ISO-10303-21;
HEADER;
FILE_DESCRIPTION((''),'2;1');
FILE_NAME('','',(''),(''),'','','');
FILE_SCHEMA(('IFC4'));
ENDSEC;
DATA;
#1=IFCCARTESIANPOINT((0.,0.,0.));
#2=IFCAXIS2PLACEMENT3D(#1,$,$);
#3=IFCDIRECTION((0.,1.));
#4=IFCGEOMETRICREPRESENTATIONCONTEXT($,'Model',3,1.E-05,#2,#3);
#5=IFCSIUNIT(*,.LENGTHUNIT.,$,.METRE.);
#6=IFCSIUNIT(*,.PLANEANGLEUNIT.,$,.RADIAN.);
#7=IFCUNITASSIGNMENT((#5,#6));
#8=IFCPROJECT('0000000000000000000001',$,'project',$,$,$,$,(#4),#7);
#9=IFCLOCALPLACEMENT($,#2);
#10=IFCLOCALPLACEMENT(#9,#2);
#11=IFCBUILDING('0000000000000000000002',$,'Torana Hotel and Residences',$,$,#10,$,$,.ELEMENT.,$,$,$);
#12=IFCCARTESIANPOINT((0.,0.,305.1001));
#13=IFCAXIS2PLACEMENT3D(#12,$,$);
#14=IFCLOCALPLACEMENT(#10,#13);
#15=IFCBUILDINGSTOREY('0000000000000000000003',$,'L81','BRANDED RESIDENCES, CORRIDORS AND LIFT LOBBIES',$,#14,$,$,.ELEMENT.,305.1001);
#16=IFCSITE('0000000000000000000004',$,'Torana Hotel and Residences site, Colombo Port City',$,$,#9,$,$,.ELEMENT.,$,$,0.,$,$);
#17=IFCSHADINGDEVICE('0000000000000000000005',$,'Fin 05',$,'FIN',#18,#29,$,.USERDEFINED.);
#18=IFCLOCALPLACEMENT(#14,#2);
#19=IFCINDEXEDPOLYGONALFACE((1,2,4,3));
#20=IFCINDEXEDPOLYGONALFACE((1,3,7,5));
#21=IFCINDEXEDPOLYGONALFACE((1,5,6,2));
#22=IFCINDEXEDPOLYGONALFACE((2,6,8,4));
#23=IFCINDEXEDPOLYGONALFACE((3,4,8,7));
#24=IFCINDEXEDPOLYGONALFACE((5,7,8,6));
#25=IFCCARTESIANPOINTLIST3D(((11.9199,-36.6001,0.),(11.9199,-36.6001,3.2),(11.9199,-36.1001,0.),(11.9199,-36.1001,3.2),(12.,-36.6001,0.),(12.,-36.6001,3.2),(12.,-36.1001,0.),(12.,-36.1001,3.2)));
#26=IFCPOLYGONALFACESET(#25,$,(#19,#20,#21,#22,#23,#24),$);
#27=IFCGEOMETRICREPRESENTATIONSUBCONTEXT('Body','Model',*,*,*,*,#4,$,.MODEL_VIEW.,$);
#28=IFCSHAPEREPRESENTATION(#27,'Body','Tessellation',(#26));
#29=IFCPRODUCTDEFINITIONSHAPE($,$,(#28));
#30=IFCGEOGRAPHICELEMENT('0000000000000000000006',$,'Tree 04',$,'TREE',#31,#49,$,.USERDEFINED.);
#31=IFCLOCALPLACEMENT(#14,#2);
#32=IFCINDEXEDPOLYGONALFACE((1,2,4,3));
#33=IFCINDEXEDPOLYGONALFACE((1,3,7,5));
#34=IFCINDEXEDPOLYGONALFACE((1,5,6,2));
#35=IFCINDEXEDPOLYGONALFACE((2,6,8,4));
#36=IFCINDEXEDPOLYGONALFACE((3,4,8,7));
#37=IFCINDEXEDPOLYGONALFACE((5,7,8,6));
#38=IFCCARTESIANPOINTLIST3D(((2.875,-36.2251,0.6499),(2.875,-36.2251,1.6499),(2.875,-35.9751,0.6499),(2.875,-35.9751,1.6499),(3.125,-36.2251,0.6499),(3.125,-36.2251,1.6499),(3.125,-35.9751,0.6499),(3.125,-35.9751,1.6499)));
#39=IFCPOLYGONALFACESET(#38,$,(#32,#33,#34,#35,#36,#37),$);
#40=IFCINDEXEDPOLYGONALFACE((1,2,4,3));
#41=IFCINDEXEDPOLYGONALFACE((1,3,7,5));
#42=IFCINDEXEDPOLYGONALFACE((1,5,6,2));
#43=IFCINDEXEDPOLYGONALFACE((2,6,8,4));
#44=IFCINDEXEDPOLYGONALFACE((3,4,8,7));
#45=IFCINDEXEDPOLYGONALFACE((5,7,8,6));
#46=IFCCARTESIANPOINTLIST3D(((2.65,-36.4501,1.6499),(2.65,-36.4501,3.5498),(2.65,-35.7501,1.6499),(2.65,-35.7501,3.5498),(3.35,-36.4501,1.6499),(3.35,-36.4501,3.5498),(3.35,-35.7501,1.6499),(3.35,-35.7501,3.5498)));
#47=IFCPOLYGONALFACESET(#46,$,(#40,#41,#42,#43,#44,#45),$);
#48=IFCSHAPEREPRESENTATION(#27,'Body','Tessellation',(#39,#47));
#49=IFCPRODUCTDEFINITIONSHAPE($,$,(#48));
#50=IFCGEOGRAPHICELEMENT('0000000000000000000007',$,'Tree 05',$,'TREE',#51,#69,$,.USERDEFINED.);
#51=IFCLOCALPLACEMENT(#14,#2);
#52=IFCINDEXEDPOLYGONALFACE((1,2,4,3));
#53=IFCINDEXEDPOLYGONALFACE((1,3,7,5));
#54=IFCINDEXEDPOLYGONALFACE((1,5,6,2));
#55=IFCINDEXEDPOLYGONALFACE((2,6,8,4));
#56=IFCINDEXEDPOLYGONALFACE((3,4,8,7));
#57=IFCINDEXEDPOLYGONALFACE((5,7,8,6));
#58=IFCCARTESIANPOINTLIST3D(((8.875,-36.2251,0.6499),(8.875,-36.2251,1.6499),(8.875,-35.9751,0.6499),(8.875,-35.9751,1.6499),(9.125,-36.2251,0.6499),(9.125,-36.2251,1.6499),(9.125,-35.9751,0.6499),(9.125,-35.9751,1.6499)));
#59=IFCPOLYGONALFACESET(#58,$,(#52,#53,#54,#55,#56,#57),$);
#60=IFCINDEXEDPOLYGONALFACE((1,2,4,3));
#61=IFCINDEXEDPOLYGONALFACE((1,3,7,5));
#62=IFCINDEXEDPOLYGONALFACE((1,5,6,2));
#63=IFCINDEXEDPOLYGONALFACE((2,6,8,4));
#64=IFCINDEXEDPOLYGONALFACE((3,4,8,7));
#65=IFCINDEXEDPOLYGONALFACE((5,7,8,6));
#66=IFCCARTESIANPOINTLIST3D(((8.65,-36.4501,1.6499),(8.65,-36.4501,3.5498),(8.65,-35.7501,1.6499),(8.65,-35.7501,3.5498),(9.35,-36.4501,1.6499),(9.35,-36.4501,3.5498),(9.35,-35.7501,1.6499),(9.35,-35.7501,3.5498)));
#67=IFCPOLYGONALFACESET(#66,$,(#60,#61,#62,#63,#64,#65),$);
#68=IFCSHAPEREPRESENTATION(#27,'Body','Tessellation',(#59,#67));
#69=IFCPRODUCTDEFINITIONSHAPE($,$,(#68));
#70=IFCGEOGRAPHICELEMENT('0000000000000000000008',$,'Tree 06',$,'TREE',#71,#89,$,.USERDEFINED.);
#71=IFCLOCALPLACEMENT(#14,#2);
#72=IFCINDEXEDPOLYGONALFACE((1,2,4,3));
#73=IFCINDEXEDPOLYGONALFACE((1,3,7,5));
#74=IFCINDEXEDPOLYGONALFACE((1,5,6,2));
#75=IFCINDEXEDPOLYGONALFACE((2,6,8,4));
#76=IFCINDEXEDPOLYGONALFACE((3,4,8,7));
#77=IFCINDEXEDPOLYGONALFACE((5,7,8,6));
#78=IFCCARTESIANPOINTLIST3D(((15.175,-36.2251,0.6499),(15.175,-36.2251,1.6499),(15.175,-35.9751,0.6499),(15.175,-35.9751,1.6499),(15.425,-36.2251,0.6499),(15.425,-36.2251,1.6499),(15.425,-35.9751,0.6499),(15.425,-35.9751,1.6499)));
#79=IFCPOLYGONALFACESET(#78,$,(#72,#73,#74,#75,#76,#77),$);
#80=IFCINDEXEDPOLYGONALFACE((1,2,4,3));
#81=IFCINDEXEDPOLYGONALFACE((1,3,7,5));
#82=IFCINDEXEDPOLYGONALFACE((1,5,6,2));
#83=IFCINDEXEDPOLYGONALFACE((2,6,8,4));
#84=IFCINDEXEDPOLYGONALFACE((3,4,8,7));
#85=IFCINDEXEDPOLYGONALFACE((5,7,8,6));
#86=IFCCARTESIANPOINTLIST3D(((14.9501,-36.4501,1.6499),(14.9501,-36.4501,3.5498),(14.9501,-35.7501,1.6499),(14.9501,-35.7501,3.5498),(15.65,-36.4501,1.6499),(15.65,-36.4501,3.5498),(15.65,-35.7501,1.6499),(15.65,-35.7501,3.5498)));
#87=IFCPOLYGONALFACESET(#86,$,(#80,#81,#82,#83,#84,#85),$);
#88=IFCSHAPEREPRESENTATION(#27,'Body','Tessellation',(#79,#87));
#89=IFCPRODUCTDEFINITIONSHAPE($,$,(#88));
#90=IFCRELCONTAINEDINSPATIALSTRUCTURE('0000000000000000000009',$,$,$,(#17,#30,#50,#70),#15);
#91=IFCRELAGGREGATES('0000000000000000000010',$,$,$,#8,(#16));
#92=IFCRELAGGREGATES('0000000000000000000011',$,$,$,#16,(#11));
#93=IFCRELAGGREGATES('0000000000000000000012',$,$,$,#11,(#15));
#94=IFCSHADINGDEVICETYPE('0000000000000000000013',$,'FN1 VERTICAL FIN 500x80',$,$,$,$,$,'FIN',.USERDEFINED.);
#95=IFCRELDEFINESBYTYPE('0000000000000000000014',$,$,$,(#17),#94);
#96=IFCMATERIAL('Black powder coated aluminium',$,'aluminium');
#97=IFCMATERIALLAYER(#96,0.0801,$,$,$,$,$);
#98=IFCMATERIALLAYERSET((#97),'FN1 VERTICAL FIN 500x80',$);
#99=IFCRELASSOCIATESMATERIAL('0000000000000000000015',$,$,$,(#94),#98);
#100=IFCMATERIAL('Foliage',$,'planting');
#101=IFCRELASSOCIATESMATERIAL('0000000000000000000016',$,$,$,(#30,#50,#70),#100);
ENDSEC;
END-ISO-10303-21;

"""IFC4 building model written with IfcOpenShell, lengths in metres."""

from ifc_helpers import new_model, si_unit, direction, frame, origin, origin_2d, place, context, subcontext, project, spatial, rectangle, extrude, material, layer, layer_set, type_object, element, save


model = new_model("IFC4")

# Units and contexts
model_context = context("Model", 3, precision=1e-05, world=origin(), true_north=direction((0.0, 1.0)))
body_context = subcontext(model_context, "Body", "Model", "MODEL_VIEW")
ifc_project = project(units=[si_unit("LENGTHUNIT", "METRE"), si_unit("PLANEANGLEUNIT", "RADIAN")], contexts=[model_context])

# Site, building, storey
site_placement = place(None, origin())
site = spatial("IfcSite", under=ifc_project, at=site_placement, Name="Torana Hotel and Residences site, Colombo Port City", CompositionType="ELEMENT", RefElevation=0.0)
building_placement = place(site_placement, origin())
building = spatial("IfcBuilding", under=site, at=building_placement, Name="Torana Hotel and Residences", CompositionType="ELEMENT")
storey_placement = place(building_placement, frame((0.0, 0.0, 305.1001)))
storey = spatial("IfcBuildingStorey", under=building, at=storey_placement, Name="L81", Description="BRANDED RESIDENCES, CORRIDORS AND LIFT LOBBIES", CompositionType="ELEMENT", Elevation=305.1001)

# Shading device
ifc_material_1 = material(Name="Black powder coated aluminium", Category="aluminium")
ifc_layer_1 = layer(ifc_material_1, 0.0801)
ifc_layer_set_1 = layer_set([ifc_layer_1], Name="FN1 VERTICAL FIN 500x80")
shading_device_type = type_object("IfcShadingDeviceType", Name="FN1 VERTICAL FIN 500x80", ElementType="FIN", PredefinedType="USERDEFINED", material=ifc_layer_set_1)
shading_device_placement = place(storey_placement, frame((11.96, -36.3501, 0.0), z_axis=(0.0, 0.0, 1.0), x_axis=(-1.0, 0.0, 0.0)))
element("IfcShadingDevice", 1, at=shading_device_placement, inside=storey, type_object=shading_device_type, Name="Fin 05", ObjectType="FIN", PredefinedType="USERDEFINED", context=body_context, shape_type="SweptSolid", body=[
    extrude(rectangle(XDim=0.0801, YDim=0.5, at=origin_2d()), origin(), (0.0, 0.0, 1.0), 3.2),
])

# Geographic elements
ifc_material_2 = material(Name="Foliage", Category="planting")
for number, where, z_axis, x_axis, name in (
    (2, (3.0, -36.1001, 0.6499), (0.0, 0.0, 1.0), (1.0, 0.0, 0.0), "Tree 04"),
    (3, (9.0, -36.1001, 0.6499), (0.0, 0.0, 1.0), (1.0, 0.0, 0.0), "Tree 05"),
    (4, (15.3, -36.1001, 0.6499), (0.0, 0.0, 1.0), (1.0, 0.0, 0.0), "Tree 06"),
):
    element("IfcGeographicElement", number, at=place(storey_placement, frame(where, z_axis=z_axis, x_axis=x_axis)), inside=storey, material=ifc_material_2, Name=name, ObjectType="TREE", PredefinedType="USERDEFINED", context=body_context, shape_type="SweptSolid", body=[
        extrude(rectangle(XDim=0.25, YDim=0.25, at=origin_2d()), origin(), (0.0, 0.0, 1.0), 1.0),
        extrude(rectangle(XDim=0.7, YDim=0.7, at=origin_2d()), frame((0.0, 0.0, 1.0)), (0.0, 0.0, 1.0), 1.8999),
    ])

save(model, "model.ifc")
